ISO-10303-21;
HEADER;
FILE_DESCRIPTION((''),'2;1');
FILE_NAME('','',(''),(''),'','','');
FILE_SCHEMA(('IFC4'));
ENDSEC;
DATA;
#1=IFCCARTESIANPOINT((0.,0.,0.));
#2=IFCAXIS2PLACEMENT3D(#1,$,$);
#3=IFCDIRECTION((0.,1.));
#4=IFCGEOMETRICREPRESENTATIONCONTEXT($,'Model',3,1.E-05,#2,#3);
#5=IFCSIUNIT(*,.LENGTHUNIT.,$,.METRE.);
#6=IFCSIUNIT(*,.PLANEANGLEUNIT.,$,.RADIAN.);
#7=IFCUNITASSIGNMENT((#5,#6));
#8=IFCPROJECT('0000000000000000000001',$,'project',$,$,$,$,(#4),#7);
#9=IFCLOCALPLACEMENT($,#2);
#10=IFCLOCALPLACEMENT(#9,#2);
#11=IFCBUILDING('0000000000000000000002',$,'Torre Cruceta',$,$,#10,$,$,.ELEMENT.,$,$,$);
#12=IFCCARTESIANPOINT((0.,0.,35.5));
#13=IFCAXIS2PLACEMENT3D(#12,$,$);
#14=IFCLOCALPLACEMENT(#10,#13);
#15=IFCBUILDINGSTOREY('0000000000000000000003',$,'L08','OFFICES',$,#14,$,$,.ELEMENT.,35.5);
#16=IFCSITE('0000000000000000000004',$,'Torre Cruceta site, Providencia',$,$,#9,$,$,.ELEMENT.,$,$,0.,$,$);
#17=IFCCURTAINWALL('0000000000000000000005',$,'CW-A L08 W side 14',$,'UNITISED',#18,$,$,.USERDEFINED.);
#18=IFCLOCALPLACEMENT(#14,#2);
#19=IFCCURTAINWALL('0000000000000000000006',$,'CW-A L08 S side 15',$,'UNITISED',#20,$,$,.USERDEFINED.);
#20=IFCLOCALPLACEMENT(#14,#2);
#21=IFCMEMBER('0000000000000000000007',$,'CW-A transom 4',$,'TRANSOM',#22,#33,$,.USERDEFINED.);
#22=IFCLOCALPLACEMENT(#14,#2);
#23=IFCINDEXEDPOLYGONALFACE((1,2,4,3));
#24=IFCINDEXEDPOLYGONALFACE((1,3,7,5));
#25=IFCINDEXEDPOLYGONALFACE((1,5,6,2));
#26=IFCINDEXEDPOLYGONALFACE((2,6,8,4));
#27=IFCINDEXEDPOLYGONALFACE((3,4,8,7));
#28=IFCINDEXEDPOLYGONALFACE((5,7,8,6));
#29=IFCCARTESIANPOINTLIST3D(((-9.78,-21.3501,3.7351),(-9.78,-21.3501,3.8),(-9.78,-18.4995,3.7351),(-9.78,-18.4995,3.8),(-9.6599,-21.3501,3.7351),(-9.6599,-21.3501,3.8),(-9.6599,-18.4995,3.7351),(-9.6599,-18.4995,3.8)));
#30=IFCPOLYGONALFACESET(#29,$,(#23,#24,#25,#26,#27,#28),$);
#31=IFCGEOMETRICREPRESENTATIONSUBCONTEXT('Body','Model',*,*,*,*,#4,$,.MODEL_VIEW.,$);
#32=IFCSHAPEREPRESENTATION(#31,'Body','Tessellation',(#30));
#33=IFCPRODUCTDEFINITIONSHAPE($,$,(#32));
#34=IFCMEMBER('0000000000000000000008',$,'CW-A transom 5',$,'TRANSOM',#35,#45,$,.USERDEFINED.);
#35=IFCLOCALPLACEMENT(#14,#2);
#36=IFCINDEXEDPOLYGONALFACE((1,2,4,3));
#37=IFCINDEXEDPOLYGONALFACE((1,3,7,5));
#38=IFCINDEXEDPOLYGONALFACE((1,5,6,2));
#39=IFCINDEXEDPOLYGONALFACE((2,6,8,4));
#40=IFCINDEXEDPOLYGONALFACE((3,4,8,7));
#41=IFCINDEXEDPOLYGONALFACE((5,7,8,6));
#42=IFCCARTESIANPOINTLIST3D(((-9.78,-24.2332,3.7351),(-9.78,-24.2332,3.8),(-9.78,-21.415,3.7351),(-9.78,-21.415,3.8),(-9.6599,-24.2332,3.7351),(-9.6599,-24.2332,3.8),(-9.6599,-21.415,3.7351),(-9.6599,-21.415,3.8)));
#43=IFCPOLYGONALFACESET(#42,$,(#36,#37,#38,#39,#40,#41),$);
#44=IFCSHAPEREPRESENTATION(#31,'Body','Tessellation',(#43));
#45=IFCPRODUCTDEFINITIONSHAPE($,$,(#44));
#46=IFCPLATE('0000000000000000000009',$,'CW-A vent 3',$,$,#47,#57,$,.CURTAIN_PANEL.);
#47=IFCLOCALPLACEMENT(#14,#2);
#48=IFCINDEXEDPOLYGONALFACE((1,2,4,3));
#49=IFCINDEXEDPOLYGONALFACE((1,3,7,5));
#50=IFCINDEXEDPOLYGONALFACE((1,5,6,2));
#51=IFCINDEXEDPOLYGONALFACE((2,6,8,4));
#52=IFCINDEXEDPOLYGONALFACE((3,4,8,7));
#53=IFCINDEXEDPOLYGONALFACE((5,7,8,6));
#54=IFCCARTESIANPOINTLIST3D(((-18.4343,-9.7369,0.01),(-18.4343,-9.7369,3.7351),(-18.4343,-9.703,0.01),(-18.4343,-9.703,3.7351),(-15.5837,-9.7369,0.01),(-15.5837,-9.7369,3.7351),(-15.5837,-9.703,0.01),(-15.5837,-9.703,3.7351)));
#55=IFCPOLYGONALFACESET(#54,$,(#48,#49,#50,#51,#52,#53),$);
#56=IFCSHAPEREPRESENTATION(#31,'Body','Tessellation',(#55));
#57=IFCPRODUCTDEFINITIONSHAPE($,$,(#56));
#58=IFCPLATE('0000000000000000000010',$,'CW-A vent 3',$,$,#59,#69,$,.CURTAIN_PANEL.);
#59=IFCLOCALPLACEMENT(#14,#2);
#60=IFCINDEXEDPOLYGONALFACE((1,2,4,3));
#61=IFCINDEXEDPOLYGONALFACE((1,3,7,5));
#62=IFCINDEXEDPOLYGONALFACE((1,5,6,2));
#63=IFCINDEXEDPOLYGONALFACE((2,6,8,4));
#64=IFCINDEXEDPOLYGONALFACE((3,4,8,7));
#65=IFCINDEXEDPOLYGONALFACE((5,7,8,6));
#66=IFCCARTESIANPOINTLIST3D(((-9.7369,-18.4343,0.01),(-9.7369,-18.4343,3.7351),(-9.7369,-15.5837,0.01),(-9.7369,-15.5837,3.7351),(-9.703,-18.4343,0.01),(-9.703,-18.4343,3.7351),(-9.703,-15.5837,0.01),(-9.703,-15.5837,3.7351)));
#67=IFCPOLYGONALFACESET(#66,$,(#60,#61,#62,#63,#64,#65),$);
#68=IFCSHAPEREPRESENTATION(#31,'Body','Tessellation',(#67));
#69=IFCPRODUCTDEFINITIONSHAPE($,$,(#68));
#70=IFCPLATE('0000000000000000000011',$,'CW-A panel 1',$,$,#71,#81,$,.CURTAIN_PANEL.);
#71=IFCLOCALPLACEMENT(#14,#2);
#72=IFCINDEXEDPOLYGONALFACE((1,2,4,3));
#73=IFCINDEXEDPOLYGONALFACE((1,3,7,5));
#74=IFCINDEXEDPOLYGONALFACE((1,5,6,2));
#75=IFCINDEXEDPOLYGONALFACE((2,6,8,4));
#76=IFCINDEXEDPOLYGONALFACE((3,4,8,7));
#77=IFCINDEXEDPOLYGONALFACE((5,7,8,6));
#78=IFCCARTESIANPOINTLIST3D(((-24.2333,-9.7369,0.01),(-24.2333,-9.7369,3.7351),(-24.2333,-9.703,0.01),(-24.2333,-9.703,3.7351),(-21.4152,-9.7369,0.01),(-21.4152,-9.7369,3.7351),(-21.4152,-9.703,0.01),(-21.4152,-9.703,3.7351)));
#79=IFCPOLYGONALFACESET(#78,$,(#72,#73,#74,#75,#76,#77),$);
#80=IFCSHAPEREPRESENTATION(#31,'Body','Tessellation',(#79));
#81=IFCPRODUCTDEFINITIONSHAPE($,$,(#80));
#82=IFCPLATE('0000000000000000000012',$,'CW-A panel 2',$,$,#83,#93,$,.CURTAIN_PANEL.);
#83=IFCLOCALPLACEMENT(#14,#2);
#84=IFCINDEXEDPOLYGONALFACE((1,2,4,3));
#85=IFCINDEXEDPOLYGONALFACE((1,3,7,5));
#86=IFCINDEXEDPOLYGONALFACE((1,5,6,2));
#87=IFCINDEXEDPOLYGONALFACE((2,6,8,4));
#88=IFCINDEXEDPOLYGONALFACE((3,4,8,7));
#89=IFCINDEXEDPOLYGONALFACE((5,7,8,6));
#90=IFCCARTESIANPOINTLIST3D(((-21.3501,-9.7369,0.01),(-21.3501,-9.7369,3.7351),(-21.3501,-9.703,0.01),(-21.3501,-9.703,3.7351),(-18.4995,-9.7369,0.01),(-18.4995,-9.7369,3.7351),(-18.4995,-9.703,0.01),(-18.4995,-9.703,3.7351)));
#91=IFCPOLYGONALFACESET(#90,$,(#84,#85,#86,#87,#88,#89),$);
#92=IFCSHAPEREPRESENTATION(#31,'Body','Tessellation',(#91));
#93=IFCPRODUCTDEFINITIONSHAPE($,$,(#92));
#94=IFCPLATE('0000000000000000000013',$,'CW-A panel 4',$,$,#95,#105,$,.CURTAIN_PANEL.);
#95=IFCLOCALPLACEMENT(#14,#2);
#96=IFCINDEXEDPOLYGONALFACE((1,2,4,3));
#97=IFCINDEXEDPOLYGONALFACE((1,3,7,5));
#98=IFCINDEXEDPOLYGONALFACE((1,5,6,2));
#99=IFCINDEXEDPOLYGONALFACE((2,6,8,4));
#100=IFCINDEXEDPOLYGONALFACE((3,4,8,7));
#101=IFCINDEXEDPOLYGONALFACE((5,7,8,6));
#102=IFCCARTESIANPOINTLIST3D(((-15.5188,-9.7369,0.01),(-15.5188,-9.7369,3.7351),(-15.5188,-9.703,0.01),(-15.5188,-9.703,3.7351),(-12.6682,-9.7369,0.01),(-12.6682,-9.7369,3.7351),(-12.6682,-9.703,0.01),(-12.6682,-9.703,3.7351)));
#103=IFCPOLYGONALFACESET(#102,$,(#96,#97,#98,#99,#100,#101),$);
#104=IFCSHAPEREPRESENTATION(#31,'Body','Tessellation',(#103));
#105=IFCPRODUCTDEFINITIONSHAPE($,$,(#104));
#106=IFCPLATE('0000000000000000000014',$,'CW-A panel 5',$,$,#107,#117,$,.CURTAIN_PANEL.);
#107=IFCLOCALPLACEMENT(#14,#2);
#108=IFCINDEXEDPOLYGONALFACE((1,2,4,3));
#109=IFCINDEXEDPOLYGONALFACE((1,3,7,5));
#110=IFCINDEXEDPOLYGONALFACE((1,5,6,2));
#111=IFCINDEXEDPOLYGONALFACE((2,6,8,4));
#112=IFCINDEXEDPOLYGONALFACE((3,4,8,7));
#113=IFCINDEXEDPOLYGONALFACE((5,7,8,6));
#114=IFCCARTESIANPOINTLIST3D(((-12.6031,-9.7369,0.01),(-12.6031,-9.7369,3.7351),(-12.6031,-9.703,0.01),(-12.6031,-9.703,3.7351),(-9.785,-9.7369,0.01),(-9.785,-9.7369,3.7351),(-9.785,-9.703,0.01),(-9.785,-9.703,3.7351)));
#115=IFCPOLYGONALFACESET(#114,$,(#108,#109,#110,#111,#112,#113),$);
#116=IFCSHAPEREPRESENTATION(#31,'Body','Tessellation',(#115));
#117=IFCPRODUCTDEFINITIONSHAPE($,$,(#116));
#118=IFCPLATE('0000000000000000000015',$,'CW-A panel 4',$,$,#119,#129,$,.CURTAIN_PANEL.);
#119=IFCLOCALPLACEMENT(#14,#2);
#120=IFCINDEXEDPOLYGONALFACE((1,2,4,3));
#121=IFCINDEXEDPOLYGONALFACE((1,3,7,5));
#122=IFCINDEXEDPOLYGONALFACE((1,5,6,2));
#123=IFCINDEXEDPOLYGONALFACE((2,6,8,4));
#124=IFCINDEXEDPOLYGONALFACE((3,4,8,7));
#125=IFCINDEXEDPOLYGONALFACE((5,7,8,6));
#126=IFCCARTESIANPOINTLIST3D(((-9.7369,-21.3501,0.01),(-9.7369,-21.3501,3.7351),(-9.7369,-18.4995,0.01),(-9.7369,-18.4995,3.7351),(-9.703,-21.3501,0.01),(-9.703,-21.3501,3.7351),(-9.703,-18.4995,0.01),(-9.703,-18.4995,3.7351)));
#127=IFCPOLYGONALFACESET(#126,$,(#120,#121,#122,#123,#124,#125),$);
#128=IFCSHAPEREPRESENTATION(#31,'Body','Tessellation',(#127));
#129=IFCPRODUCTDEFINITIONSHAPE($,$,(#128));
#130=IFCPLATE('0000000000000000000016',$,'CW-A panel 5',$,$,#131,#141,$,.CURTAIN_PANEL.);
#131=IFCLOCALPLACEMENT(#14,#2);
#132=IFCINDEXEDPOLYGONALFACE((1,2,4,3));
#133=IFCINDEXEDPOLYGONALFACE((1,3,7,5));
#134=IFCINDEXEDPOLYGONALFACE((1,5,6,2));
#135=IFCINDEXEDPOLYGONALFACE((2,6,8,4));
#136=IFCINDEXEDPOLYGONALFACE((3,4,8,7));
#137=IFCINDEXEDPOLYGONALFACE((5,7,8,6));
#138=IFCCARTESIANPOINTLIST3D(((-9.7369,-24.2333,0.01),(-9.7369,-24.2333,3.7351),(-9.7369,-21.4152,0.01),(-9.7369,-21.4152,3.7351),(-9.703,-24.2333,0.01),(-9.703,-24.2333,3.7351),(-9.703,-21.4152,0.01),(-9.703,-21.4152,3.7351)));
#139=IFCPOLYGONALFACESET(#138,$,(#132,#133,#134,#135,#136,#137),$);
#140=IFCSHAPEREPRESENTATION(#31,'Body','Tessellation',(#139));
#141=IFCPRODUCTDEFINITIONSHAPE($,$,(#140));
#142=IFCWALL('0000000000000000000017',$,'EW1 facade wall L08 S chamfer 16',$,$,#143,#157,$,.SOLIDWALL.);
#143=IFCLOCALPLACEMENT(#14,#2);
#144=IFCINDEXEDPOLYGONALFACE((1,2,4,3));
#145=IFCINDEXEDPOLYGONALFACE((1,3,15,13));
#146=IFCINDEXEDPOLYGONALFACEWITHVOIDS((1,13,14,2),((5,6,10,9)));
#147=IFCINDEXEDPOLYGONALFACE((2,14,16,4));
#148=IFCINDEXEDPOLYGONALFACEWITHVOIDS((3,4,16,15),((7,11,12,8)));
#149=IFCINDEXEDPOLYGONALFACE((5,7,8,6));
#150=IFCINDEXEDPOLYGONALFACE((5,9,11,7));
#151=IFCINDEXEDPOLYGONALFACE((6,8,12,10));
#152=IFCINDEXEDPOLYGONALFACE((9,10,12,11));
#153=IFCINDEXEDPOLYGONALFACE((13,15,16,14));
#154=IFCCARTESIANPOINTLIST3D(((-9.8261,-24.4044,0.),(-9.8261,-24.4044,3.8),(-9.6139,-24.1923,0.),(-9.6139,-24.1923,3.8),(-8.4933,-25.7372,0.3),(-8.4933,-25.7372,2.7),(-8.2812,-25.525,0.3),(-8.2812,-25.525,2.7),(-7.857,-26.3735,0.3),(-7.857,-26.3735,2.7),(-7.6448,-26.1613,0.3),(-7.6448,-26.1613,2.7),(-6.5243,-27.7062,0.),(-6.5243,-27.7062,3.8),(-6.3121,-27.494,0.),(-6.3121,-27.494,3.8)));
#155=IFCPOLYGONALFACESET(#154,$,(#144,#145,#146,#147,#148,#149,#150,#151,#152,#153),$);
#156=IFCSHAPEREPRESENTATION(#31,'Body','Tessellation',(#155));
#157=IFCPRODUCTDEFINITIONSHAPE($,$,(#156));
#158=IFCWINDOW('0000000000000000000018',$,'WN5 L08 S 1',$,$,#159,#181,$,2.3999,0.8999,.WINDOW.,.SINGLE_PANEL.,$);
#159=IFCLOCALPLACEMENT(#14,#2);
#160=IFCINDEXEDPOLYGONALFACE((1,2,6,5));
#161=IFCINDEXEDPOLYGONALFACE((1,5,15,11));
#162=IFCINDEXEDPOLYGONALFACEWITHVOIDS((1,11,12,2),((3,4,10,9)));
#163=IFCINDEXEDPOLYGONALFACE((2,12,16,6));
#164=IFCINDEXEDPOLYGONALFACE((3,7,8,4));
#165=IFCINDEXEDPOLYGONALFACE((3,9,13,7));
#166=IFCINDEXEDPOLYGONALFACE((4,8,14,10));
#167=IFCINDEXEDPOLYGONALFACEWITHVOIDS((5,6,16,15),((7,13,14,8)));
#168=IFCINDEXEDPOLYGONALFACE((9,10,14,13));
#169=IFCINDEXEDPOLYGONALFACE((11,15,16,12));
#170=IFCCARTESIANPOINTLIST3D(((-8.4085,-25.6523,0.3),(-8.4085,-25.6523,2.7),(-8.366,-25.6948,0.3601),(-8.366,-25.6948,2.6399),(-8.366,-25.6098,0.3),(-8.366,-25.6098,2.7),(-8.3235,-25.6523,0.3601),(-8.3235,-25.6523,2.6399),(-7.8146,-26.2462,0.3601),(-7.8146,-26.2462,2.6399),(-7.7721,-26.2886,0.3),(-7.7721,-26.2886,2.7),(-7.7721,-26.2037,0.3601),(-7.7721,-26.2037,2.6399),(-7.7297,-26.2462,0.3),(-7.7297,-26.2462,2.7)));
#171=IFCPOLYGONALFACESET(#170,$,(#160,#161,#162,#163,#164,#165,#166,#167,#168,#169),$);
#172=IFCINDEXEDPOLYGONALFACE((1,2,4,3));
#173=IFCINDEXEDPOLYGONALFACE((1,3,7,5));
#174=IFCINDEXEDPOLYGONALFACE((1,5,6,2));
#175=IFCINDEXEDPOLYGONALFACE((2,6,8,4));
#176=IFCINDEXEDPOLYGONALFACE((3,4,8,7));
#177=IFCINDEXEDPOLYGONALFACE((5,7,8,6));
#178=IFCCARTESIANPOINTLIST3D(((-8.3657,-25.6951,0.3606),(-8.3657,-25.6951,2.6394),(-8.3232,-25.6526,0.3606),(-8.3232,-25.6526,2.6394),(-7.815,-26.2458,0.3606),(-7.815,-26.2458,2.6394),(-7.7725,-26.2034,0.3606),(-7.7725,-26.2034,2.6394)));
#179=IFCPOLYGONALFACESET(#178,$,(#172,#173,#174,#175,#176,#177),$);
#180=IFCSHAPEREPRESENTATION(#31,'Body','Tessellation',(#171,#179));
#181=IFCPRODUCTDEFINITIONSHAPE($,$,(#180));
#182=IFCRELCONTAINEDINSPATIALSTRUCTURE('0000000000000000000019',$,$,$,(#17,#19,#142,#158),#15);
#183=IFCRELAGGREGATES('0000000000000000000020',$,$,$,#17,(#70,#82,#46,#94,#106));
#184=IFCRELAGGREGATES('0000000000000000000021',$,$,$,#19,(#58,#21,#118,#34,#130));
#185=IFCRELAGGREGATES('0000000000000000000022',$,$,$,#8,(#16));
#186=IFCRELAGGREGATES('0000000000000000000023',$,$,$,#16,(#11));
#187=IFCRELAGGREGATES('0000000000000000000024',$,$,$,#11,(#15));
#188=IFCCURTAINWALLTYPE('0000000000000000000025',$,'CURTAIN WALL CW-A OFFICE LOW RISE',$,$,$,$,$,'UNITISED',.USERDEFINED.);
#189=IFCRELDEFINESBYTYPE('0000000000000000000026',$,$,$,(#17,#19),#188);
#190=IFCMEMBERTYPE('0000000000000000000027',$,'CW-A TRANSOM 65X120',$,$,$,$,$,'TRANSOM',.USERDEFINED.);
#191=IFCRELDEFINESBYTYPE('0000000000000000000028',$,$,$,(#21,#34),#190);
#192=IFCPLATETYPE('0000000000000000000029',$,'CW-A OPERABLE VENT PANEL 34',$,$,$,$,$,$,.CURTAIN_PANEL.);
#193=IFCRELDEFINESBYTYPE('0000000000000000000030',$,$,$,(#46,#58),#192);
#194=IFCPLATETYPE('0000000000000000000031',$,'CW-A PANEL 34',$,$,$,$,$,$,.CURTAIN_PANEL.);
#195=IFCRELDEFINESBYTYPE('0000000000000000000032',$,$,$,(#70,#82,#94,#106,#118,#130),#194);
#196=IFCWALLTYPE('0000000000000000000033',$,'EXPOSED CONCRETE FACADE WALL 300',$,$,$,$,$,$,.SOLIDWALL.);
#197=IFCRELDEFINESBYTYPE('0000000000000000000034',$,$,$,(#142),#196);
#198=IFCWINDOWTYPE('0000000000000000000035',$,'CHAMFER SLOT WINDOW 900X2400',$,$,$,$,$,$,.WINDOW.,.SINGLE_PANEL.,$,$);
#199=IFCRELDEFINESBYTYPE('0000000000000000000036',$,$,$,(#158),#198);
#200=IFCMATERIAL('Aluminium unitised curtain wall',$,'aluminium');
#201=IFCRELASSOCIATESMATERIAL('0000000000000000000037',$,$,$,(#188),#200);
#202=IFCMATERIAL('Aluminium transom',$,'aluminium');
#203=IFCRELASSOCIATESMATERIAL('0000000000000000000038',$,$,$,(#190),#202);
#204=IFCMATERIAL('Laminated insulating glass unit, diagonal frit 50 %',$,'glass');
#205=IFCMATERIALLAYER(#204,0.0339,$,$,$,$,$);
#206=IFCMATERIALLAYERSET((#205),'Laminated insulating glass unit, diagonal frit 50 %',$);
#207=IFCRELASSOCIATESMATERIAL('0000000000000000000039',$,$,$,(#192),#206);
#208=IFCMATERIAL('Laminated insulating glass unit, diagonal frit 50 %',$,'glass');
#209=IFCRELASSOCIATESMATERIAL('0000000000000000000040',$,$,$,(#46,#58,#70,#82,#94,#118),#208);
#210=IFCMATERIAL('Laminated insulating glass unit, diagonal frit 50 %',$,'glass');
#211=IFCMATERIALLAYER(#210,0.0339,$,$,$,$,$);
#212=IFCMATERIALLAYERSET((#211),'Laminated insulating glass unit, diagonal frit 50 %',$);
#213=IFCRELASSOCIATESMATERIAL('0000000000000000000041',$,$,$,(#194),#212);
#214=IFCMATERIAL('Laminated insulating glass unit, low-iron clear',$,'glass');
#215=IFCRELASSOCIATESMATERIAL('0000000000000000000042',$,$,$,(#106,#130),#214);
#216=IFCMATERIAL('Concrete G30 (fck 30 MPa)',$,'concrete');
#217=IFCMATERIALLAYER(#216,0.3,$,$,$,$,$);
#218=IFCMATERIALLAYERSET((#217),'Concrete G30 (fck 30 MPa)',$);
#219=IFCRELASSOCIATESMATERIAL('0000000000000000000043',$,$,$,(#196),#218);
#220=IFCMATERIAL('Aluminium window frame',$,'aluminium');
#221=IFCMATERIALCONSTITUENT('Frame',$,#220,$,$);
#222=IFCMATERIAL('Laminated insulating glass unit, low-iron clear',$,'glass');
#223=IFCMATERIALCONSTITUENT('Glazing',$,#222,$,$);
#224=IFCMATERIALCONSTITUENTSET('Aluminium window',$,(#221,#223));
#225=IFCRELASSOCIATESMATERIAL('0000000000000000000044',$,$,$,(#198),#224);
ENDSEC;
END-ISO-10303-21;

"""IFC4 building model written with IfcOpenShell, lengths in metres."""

from ifc_helpers import new_model, si_unit, direction, frame, frame_2d, origin, origin_2d, place, context, subcontext, project, spatial, rectangle, hollow_rectangle, extrude, material, layer, layer_set, constituent, constituent_set, material_profile, profile_set, type_object, element, fill, aggregate, save


model = new_model("IFC4")

# Units and contexts
model_context = context("Model", 3, precision=1e-05, world=origin(), true_north=direction((0.0, 1.0)))
body_context = subcontext(model_context, "Body", "Model", "MODEL_VIEW")
ifc_project = project(units=[si_unit("LENGTHUNIT", "METRE"), si_unit("PLANEANGLEUNIT", "RADIAN")], contexts=[model_context])

# Site, building, storey
site_placement = place(None, origin())
site = spatial("IfcSite", under=ifc_project, at=site_placement, Name="Torre Cruceta site, Providencia", CompositionType="ELEMENT", RefElevation=0.0)
building_placement = place(site_placement, origin())
building = spatial("IfcBuilding", under=site, at=building_placement, Name="Torre Cruceta", CompositionType="ELEMENT")
storey_placement = place(building_placement, frame((0.0, 0.0, 35.5)))
storey = spatial("IfcBuildingStorey", under=building, at=storey_placement, Name="L08", Description="OFFICES", CompositionType="ELEMENT", Elevation=35.5)

# Curtain walls
ifc_material_1 = material(Name="Aluminium unitised curtain wall", Category="aluminium")
curtain_wall_type = type_object("IfcCurtainWallType", Name="CURTAIN WALL CW-A OFFICE LOW RISE", ElementType="UNITISED", PredefinedType="USERDEFINED", material=ifc_material_1)
curtain_wall_1_placement = place(storey_placement, origin())
curtain_wall_1 = element("IfcCurtainWall", 1, at=curtain_wall_1_placement, inside=storey, type_object=curtain_wall_type, Name="CW-A L08 W side 14", ObjectType="UNITISED", PredefinedType="USERDEFINED")
curtain_wall_2_placement = place(storey_placement, origin())
curtain_wall_2 = element("IfcCurtainWall", 2, at=curtain_wall_2_placement, inside=storey, type_object=curtain_wall_type, Name="CW-A L08 S side 15", ObjectType="UNITISED", PredefinedType="USERDEFINED")

# Members
ifc_material_2 = material(Name="Aluminium transom", Category="aluminium")
ifc_material_profile_1 = material_profile(ifc_material_2, rectangle(XDim=0.1201, YDim=0.0649, at=origin_2d()), Name="AL 120X65")
ifc_profile_set_1 = profile_set([ifc_material_profile_1], Name="Aluminium transom")
member_type_1 = type_object("IfcMemberType", Name="CW-A TRANSOM 65X120", ElementType="TRANSOM", PredefinedType="USERDEFINED", material=ifc_profile_set_1)
member_1_placement = place(storey_placement, frame((-9.72, -18.4995, 3.7676), z_axis=(0.0, -1.0, 0.0), x_axis=(1.0, 0.0, 0.0)))
member_1 = element("IfcMember", 3, at=member_1_placement, type_object=member_type_1, Name="CW-A transom 4", ObjectType="TRANSOM", PredefinedType="USERDEFINED", context=body_context, shape_type="SweptSolid", body=[
    extrude(rectangle(XDim=0.1201, YDim=0.0649, at=origin_2d()), origin(), (0.0, 0.0, 1.0), 2.8506),
])
member_2_placement = place(storey_placement, frame((-9.72, -21.415, 3.7676), z_axis=(0.0, -1.0, 0.0), x_axis=(1.0, 0.0, 0.0)))
member_2 = element("IfcMember", 4, at=member_2_placement, type_object=member_type_1, Name="CW-A transom 5", ObjectType="TRANSOM", PredefinedType="USERDEFINED", context=body_context, shape_type="SweptSolid", body=[
    extrude(rectangle(XDim=0.1201, YDim=0.0649, at=origin_2d()), origin(), (0.0, 0.0, 1.0), 2.8181),
])

# Plates
ifc_material_3 = material(Name="Laminated insulating glass unit, diagonal frit 50 %", Category="glass")
ifc_material_4 = material(Name="Laminated insulating glass unit, diagonal frit 50 %", Category="glass")
ifc_layer_1 = layer(ifc_material_4, 0.0339)
ifc_layer_set_1 = layer_set([ifc_layer_1], Name="Laminated insulating glass unit, diagonal frit 50 %")
plate_type_1 = type_object("IfcPlateType", Name="CW-A OPERABLE VENT PANEL 34", PredefinedType="CURTAIN_PANEL", material=ifc_layer_set_1)
plate_1_placement = place(storey_placement, frame((-17.009, -9.72, 0.01), z_axis=(0.0, 0.0, 1.0), x_axis=(1.0, 0.0, 0.0)))
plate_1 = element("IfcPlate", 5, at=plate_1_placement, type_object=plate_type_1, material=ifc_material_3, Name="CW-A vent 3", PredefinedType="CURTAIN_PANEL", context=body_context, shape_type="SweptSolid", body=[
    extrude(rectangle(XDim=2.8506, YDim=0.0339, at=origin_2d()), origin(), (0.0, 0.0, 1.0), 3.7251),
])
plate_2_placement = place(storey_placement, frame((-9.72, -17.009, 0.01), z_axis=(0.0, 0.0, 1.0), x_axis=(0.0, -1.0, 0.0)))
plate_2 = element("IfcPlate", 6, at=plate_2_placement, type_object=plate_type_1, material=ifc_material_3, Name="CW-A vent 3", PredefinedType="CURTAIN_PANEL", context=body_context, shape_type="SweptSolid", body=[
    extrude(rectangle(XDim=2.8506, YDim=0.0339, at=origin_2d()), origin(), (0.0, 0.0, 1.0), 3.7251),
])
ifc_material_5 = material(Name="Laminated insulating glass unit, diagonal frit 50 %", Category="glass")
ifc_layer_2 = layer(ifc_material_5, 0.0339)
ifc_layer_set_2 = layer_set([ifc_layer_2], Name="Laminated insulating glass unit, diagonal frit 50 %")
plate_type_2 = type_object("IfcPlateType", Name="CW-A PANEL 34", PredefinedType="CURTAIN_PANEL", material=ifc_layer_set_2)
plate_3_placement = place(storey_placement, frame((-22.8242, -9.72, 0.01), z_axis=(0.0, 0.0, 1.0), x_axis=(1.0, 0.0, 0.0)))
plate_3 = element("IfcPlate", 7, at=plate_3_placement, type_object=plate_type_2, material=ifc_material_3, Name="CW-A panel 1", PredefinedType="CURTAIN_PANEL", context=body_context, shape_type="SweptSolid", body=[
    extrude(rectangle(XDim=2.8181, YDim=0.0339, at=origin_2d()), origin(), (0.0, 0.0, 1.0), 3.7251),
])
plate_4_placement = place(storey_placement, frame((-19.9248, -9.72, 0.01), z_axis=(0.0, 0.0, 1.0), x_axis=(1.0, 0.0, 0.0)))
plate_4 = element("IfcPlate", 8, at=plate_4_placement, type_object=plate_type_2, material=ifc_material_3, Name="CW-A panel 2", PredefinedType="CURTAIN_PANEL", context=body_context, shape_type="SweptSolid", body=[
    extrude(rectangle(XDim=2.8506, YDim=0.0339, at=origin_2d()), origin(), (0.0, 0.0, 1.0), 3.7251),
])
plate_5_placement = place(storey_placement, frame((-14.0935, -9.72, 0.01), z_axis=(0.0, 0.0, 1.0), x_axis=(1.0, 0.0, 0.0)))
plate_5 = element("IfcPlate", 9, at=plate_5_placement, type_object=plate_type_2, material=ifc_material_3, Name="CW-A panel 4", PredefinedType="CURTAIN_PANEL", context=body_context, shape_type="SweptSolid", body=[
    extrude(rectangle(XDim=2.8506, YDim=0.0339, at=origin_2d()), origin(), (0.0, 0.0, 1.0), 3.7251),
])
ifc_material_6 = material(Name="Laminated insulating glass unit, low-iron clear", Category="glass")
plate_6_placement = place(storey_placement, frame((-11.1941, -9.72, 0.01), z_axis=(0.0, 0.0, 1.0), x_axis=(1.0, 0.0, 0.0)))
plate_6 = element("IfcPlate", 10, at=plate_6_placement, type_object=plate_type_2, material=ifc_material_6, Name="CW-A panel 5", PredefinedType="CURTAIN_PANEL", context=body_context, shape_type="SweptSolid", body=[
    extrude(rectangle(XDim=2.8181, YDim=0.0339, at=origin_2d()), origin(), (0.0, 0.0, 1.0), 3.7251),
])
aggregate(curtain_wall_1, [plate_3, plate_4, plate_1, plate_5, plate_6])
plate_7_placement = place(storey_placement, frame((-9.72, -19.9248, 0.01), z_axis=(0.0, 0.0, 1.0), x_axis=(0.0, -1.0, 0.0)))
plate_7 = element("IfcPlate", 11, at=plate_7_placement, type_object=plate_type_2, material=ifc_material_3, Name="CW-A panel 4", PredefinedType="CURTAIN_PANEL", context=body_context, shape_type="SweptSolid", body=[
    extrude(rectangle(XDim=2.8506, YDim=0.0339, at=origin_2d()), origin(), (0.0, 0.0, 1.0), 3.7251),
])
plate_8_placement = place(storey_placement, frame((-9.72, -22.8242, 0.01), z_axis=(0.0, 0.0, 1.0), x_axis=(0.0, -1.0, 0.0)))
plate_8 = element("IfcPlate", 12, at=plate_8_placement, type_object=plate_type_2, material=ifc_material_6, Name="CW-A panel 5", PredefinedType="CURTAIN_PANEL", context=body_context, shape_type="SweptSolid", body=[
    extrude(rectangle(XDim=2.8181, YDim=0.0339, at=origin_2d()), origin(), (0.0, 0.0, 1.0), 3.7251),
])
aggregate(curtain_wall_2, [plate_2, member_1, plate_7, member_2, plate_8])

# Wall, opening, window
ifc_material_7 = material(Name="Concrete G30 (fck 30 MPa)", Category="concrete")
ifc_layer_3 = layer(ifc_material_7, 0.3)
ifc_layer_set_3 = layer_set([ifc_layer_3], Name="Concrete G30 (fck 30 MPa)")
wall_type = type_object("IfcWallType", Name="EXPOSED CONCRETE FACADE WALL 300", PredefinedType="SOLIDWALL", material=ifc_layer_set_3)
wall_placement = place(storey_placement, frame((-9.72, -24.2983, 0.0), z_axis=(0.0, 0.0, 1.0), x_axis=(0.707107, -0.707107, 0.0)))
wall = element("IfcWall", 13, at=wall_placement, inside=storey, type_object=wall_type, Name="EW1 facade wall L08 S chamfer 16", PredefinedType="SOLIDWALL", context=body_context, shape_type="SweptSolid", body=[
    extrude(rectangle(XDim=4.6694, YDim=0.3, at=frame_2d((2.3347, 0.0))), origin(), (0.0, 0.0, 1.0), 3.8),
])
opening_placement = place(wall_placement, frame((1.8848, 0.0, 0.3)))
opening = element("IfcOpeningElement", 14, at=opening_placement, cuts=wall, PredefinedType="OPENING", context=body_context, shape_type="SweptSolid", body=[
    extrude(rectangle(XDim=0.8999, YDim=2.3999, at=frame_2d((0.45, 1.2))), frame((0.0, 0.1599, 0.0), z_axis=(0.0, -1.0, 0.0), x_axis=(1.0, 0.0, 0.0)), (0.0, 0.0, 1.0), 0.3201),
])
ifc_material_8 = material(Name="Aluminium window frame", Category="aluminium")
ifc_constituent_1 = constituent(ifc_material_8, Name="Frame")
ifc_material_9 = material(Name="Laminated insulating glass unit, low-iron clear", Category="glass")
ifc_constituent_2 = constituent(ifc_material_9, Name="Glazing")
ifc_constituent_set = constituent_set(constituents=[ifc_constituent_1, ifc_constituent_2], Name="Aluminium window")
window_type = type_object("IfcWindowType", Name="CHAMFER SLOT WINDOW 900X2400", PartitioningType="SINGLE_PANEL", PredefinedType="WINDOW", material=ifc_constituent_set)
window_placement = place(opening_placement, origin())
window = element("IfcWindow", 15, at=window_placement, inside=storey, type_object=window_type, Name="WN5 L08 S 1", OverallHeight=2.3999, OverallWidth=0.8999, PartitioningType="SINGLE_PANEL", PredefinedType="WINDOW", context=body_context, shape_type="SweptSolid", body=[
    extrude(hollow_rectangle(XDim=0.8999, YDim=2.3999, WallThickness=0.0601, at=frame_2d((0.45, 1.2))), frame((0.0, 0.03, 0.0), z_axis=(0.0, -1.0, 0.0), x_axis=(1.0, 0.0, 0.0)), (0.0, 0.0, 1.0), 0.0601),
    extrude(rectangle(XDim=0.7788, YDim=2.2788, at=frame_2d((0.45, 1.2))), frame((0.0, 0.03, 0.0), z_axis=(0.0, -1.0, 0.0), x_axis=(1.0, 0.0, 0.0)), (0.0, 0.0, 1.0), 0.0601),
])
fill(opening, window)

save(model, "model.ifc")
